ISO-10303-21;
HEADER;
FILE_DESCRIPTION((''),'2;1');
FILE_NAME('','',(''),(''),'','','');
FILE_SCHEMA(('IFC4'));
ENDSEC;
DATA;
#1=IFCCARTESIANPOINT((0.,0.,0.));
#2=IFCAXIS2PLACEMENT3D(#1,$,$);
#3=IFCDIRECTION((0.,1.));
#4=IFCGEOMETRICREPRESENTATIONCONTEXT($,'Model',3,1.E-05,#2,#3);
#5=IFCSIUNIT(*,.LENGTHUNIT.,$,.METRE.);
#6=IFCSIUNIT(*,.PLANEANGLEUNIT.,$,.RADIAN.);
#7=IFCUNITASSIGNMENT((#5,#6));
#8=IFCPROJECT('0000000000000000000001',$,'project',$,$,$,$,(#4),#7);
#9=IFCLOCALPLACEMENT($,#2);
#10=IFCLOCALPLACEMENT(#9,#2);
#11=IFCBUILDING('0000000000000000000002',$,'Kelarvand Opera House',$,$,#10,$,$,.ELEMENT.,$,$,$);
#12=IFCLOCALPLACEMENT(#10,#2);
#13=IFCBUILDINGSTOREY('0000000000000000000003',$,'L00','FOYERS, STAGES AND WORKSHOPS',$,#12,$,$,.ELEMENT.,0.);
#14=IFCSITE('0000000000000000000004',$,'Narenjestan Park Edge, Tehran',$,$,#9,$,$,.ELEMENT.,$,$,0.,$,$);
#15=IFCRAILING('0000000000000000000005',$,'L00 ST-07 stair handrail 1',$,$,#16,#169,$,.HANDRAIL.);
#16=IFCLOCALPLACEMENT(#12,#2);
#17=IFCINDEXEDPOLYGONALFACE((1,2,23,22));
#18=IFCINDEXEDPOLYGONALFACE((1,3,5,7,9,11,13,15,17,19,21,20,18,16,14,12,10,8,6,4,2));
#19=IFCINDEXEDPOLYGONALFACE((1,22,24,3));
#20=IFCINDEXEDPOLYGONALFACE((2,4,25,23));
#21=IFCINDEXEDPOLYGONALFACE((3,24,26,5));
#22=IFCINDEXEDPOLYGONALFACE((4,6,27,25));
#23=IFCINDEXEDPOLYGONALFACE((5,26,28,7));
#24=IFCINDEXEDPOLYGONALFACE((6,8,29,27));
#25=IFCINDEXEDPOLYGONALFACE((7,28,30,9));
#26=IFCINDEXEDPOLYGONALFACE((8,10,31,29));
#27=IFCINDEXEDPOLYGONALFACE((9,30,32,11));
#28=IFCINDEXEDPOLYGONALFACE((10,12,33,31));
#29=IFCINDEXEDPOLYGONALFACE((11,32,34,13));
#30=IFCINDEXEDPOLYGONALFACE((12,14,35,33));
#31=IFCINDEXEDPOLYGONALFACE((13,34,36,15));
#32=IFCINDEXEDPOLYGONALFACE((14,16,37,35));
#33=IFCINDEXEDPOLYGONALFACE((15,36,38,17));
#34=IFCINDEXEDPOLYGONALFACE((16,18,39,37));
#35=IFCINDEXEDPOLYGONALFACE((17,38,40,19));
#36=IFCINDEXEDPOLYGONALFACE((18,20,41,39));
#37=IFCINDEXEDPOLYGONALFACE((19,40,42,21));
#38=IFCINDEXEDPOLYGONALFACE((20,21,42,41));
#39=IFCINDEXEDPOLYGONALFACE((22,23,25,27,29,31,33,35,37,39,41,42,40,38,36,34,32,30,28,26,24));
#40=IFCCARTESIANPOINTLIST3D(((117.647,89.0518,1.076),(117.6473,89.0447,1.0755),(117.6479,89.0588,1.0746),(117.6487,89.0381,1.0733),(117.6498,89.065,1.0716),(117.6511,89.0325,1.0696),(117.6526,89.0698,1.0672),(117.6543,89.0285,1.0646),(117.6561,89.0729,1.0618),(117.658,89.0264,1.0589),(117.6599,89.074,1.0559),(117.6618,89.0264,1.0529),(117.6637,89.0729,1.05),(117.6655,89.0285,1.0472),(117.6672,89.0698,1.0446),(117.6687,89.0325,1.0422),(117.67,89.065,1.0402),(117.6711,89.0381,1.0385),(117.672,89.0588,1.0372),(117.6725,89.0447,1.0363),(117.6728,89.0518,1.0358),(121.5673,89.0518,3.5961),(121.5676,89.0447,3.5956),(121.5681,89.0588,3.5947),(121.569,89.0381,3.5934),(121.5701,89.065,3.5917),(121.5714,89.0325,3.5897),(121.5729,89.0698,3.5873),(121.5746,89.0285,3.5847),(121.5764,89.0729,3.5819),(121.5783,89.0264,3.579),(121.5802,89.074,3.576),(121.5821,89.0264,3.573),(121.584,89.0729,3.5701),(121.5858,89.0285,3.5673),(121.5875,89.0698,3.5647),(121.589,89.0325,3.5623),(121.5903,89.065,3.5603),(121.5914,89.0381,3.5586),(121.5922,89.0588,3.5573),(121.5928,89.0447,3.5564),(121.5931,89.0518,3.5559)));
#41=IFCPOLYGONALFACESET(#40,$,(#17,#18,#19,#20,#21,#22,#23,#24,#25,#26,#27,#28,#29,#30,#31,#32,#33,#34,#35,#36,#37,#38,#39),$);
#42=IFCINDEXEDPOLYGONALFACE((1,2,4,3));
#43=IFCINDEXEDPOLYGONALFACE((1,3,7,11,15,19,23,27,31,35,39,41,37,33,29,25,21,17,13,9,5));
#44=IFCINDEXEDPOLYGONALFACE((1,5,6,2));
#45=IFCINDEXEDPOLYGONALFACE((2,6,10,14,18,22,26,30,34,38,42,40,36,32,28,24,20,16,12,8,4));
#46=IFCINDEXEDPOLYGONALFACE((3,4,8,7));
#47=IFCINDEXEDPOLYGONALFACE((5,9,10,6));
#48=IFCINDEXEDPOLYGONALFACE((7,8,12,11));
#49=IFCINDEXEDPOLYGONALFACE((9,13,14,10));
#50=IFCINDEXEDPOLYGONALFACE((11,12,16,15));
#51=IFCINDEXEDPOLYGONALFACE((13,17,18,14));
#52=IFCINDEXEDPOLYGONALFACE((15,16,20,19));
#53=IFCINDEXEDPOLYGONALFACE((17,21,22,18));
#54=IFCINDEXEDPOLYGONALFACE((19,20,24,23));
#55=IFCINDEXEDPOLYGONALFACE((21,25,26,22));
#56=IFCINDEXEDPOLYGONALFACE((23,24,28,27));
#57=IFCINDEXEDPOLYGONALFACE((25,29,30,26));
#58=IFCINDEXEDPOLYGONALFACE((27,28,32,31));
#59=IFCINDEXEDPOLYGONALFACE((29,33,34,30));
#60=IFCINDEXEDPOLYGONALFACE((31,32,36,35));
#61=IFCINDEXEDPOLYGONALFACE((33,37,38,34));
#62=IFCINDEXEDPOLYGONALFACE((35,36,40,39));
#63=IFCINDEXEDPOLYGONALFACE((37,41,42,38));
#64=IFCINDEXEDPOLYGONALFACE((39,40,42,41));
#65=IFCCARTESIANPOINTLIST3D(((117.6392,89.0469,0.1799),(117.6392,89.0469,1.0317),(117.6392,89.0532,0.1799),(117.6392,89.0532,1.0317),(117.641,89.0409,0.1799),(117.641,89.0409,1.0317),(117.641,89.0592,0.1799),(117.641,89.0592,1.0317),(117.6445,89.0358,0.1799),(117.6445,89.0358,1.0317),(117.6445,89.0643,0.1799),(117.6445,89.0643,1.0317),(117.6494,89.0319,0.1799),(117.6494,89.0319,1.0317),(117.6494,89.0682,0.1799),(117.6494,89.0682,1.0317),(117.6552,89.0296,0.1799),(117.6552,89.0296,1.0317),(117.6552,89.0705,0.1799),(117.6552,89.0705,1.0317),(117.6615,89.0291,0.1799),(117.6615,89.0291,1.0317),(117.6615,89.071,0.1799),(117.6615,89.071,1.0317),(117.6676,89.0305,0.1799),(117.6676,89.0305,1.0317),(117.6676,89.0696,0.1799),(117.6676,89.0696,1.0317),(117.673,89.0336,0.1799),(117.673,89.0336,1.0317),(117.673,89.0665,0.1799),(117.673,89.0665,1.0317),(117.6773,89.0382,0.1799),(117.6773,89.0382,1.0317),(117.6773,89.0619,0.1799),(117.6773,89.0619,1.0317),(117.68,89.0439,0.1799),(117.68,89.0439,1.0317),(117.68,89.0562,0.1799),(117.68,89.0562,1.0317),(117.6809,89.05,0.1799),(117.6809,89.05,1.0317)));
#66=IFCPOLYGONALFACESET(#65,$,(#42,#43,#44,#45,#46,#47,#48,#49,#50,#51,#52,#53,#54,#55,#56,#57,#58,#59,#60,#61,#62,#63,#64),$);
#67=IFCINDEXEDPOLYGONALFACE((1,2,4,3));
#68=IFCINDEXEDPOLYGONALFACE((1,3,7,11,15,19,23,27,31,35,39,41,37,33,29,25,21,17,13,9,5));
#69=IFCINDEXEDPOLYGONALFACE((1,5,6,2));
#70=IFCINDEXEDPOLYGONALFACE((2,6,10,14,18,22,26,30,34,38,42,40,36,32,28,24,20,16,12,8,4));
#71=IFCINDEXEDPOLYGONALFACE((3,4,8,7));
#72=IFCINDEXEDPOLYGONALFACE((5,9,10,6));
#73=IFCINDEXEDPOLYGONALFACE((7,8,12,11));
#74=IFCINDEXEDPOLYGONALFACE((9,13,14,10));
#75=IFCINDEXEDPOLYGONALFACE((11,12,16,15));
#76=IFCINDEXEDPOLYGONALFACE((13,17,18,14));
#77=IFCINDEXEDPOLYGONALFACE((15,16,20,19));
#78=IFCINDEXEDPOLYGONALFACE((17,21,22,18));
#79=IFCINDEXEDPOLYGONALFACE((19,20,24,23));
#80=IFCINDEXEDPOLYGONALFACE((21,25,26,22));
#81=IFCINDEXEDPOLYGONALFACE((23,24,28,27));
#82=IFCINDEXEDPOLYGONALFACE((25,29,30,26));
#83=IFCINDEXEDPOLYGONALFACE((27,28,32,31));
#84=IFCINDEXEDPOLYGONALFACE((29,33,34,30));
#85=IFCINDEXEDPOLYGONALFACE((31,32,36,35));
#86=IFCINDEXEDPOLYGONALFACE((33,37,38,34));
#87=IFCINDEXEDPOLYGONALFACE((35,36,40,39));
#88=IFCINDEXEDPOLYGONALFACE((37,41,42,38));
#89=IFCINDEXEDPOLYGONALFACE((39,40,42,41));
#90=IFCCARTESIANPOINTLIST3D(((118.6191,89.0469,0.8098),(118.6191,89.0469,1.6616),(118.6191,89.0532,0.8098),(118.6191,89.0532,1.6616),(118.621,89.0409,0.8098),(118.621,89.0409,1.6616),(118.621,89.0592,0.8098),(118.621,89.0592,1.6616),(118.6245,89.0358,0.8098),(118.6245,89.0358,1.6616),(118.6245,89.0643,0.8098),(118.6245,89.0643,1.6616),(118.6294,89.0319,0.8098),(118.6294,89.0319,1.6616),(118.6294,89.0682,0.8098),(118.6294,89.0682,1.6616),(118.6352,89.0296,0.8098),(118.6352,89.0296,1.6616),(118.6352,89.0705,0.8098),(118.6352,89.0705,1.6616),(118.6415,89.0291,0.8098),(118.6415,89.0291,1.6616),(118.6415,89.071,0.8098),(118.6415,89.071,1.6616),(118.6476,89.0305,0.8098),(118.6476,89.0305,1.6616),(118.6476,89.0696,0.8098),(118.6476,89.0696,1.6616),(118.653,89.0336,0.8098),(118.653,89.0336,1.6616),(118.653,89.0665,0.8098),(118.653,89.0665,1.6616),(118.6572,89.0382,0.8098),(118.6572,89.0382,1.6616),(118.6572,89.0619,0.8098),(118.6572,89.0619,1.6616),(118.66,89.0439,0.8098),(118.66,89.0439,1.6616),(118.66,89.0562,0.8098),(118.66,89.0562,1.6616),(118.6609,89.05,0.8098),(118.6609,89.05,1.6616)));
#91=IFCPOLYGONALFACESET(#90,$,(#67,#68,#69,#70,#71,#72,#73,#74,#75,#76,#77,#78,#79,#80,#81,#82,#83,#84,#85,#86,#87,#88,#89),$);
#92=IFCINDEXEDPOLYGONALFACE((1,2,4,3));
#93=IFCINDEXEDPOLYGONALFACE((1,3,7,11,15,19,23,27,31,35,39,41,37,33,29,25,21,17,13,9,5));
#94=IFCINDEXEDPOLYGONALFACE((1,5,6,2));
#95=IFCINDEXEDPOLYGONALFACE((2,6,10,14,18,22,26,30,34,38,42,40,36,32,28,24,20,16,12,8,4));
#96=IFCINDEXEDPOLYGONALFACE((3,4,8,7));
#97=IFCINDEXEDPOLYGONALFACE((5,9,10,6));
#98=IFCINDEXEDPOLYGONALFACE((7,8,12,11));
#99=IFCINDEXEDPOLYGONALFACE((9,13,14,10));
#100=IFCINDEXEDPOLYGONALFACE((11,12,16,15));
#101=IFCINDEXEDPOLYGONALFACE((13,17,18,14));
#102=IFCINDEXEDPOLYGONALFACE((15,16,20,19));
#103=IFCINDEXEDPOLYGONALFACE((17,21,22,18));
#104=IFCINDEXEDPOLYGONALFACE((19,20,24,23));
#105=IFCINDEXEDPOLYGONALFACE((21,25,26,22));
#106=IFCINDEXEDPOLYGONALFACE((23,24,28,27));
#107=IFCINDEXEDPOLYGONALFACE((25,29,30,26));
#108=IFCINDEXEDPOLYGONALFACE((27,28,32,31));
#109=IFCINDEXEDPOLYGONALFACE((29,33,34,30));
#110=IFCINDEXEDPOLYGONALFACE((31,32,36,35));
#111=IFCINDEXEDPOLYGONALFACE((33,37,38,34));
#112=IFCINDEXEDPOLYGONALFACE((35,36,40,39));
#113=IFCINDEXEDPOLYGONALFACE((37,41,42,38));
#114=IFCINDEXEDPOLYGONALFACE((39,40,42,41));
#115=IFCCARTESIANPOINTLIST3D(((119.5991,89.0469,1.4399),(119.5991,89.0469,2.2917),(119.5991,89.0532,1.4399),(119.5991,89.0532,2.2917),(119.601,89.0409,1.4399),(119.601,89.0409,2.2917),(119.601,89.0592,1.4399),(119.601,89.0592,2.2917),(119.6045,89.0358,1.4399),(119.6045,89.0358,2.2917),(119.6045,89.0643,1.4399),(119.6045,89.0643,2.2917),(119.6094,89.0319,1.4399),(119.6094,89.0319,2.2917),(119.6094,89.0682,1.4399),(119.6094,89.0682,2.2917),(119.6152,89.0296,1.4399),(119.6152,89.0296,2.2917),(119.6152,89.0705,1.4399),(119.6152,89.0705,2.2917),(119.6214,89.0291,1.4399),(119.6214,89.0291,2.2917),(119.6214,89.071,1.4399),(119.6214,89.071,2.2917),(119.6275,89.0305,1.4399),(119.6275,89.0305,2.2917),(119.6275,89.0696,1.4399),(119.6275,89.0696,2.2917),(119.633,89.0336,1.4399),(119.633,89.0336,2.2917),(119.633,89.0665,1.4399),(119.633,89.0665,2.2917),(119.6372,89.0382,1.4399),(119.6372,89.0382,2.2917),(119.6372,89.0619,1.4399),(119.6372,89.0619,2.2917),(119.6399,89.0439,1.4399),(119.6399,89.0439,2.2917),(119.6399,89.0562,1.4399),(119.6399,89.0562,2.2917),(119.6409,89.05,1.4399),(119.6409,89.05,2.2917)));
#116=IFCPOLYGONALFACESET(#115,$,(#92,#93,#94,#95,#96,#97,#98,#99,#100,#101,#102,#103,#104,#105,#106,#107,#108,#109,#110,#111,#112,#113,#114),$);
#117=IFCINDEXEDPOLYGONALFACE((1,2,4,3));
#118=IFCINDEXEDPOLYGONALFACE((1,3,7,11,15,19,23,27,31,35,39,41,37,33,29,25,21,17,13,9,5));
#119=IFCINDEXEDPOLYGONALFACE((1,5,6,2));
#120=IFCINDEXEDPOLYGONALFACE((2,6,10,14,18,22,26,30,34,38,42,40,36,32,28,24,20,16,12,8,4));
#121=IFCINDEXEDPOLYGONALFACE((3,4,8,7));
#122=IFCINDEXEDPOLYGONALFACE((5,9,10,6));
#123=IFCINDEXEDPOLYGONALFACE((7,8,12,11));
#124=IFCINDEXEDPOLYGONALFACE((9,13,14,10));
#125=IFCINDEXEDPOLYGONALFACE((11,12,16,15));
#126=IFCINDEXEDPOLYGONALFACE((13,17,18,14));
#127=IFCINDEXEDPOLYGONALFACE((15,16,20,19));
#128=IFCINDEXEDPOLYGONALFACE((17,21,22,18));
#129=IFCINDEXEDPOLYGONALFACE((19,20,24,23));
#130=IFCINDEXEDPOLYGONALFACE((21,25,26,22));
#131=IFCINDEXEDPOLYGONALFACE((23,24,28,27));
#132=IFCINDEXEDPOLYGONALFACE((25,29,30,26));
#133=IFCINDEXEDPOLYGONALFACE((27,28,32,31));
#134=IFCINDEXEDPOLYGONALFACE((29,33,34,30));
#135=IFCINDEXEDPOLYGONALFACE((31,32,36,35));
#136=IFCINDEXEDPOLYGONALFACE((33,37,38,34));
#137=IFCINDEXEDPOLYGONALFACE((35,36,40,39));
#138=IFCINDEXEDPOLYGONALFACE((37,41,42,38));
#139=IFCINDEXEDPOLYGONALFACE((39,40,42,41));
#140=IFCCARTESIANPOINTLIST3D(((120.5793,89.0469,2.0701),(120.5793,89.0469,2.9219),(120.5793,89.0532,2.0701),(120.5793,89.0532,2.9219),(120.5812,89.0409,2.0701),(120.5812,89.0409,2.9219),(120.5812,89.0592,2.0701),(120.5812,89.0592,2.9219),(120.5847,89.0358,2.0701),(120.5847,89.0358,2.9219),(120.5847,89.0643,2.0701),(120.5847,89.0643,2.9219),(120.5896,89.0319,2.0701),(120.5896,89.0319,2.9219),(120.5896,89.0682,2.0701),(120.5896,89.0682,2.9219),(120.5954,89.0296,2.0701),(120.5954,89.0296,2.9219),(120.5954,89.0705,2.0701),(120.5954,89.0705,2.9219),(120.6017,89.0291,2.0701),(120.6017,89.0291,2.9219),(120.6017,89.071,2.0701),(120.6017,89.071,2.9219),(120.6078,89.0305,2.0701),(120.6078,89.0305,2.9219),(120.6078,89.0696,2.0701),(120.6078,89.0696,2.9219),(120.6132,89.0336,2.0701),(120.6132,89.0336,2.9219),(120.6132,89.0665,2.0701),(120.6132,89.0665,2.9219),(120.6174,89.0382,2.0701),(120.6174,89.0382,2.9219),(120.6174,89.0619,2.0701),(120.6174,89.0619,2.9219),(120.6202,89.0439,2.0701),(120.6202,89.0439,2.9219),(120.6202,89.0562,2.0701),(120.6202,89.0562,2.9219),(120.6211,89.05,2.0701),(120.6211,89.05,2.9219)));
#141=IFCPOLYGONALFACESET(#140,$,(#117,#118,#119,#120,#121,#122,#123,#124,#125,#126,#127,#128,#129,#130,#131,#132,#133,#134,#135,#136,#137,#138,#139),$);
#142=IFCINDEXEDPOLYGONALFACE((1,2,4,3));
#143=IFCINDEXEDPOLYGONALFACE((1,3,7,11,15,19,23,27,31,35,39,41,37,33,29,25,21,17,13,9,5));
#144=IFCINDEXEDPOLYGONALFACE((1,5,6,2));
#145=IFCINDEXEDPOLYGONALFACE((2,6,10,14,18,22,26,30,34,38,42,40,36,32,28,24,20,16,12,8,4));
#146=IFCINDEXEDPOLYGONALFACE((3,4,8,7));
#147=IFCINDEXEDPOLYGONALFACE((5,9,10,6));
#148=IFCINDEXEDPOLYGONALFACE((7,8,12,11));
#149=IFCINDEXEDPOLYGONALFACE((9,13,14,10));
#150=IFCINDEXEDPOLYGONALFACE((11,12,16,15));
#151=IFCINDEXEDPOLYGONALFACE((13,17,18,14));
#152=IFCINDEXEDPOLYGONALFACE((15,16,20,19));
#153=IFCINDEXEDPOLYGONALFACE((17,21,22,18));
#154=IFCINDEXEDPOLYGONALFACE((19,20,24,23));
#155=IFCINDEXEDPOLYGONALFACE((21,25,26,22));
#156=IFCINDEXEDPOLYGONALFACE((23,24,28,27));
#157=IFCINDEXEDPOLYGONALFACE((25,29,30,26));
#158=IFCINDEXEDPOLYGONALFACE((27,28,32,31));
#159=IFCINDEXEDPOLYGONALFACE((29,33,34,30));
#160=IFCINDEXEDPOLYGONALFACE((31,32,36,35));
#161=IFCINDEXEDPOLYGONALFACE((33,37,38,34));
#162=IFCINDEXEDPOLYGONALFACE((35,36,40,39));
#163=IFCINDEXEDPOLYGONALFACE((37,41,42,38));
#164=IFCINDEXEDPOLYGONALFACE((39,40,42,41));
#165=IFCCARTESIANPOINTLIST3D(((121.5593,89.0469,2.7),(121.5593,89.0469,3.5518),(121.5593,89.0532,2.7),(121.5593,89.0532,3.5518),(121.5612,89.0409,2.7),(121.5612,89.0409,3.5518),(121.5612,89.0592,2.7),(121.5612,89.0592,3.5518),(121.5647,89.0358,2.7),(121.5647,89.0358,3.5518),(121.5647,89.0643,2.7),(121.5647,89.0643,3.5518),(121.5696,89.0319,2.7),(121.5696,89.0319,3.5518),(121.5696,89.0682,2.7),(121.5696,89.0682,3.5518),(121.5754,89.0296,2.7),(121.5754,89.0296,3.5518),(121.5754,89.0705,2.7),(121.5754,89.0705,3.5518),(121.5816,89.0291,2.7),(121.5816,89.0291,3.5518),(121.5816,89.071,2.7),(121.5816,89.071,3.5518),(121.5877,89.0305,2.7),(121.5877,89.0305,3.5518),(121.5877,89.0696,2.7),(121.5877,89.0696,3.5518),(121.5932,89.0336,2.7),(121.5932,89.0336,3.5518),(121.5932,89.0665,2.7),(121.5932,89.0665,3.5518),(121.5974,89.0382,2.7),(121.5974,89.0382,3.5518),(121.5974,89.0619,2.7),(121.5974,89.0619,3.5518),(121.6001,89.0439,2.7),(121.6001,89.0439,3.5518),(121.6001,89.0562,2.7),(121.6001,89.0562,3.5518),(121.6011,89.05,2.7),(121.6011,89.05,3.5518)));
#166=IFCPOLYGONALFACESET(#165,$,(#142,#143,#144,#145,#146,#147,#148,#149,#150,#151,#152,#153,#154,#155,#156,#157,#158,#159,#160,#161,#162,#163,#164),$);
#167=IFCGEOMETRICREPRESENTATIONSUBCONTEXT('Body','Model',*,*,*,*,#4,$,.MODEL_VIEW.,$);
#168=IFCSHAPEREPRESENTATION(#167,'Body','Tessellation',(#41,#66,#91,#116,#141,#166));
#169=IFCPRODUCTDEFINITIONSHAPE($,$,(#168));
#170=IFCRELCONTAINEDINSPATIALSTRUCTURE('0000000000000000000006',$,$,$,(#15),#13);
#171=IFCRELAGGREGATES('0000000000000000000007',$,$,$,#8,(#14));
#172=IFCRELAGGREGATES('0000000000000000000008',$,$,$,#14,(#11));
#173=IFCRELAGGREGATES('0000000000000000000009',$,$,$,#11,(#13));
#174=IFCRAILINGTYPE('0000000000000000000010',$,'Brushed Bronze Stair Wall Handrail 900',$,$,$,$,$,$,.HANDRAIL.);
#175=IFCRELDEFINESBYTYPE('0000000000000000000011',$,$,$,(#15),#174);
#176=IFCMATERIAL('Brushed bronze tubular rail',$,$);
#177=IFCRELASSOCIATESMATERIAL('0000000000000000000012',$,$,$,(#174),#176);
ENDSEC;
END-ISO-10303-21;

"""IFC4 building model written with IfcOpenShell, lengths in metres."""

from ifc_helpers import new_model, si_unit, direction, frame, origin, origin_2d, place, context, subcontext, project, spatial, circle, extrude, material, type_object, element, save


model = new_model("IFC4")

# Units and contexts
model_context = context("Model", 3, precision=1e-05, world=origin(), true_north=direction((0.0, 1.0)))
body_context = subcontext(model_context, "Body", "Model", "MODEL_VIEW")
ifc_project = project(units=[si_unit("LENGTHUNIT", "METRE"), si_unit("PLANEANGLEUNIT", "RADIAN")], contexts=[model_context])

# Site, building, storey
site_placement = place(None, origin())
site = spatial("IfcSite", under=ifc_project, at=site_placement, Name="Narenjestan Park Edge, Tehran", CompositionType="ELEMENT", RefElevation=0.0)
building_placement = place(site_placement, origin())
building = spatial("IfcBuilding", under=site, at=building_placement, Name="Kelarvand Opera House", CompositionType="ELEMENT")
storey_placement = place(building_placement, origin())
storey = spatial("IfcBuildingStorey", under=building, at=storey_placement, Name="L00", Description="FOYERS, STAGES AND WORKSHOPS", CompositionType="ELEMENT", Elevation=0.0)

# Railing
ifc_material_1 = material(Name="Brushed bronze tubular rail")
railing_type_1 = type_object("IfcRailingType", Name="Brushed Bronze Stair Wall Handrail 900", PredefinedType="HANDRAIL", material=ifc_material_1)
railing_1_placement = place(storey_placement, frame((117.6599, 89.05, 0.1799)))
element("IfcRailing", 1, at=railing_1_placement, inside=storey, type_object=railing_type_1, Name="L00 ST-07 stair handrail 1", PredefinedType="HANDRAIL", context=body_context, shape_type="SweptSolid", body=[
    extrude(circle(Radius=0.0239, at=origin_2d()), frame((0.0, 0.0, 0.876), z_axis=(0.841187, 0.0, 0.540744), x_axis=(0.0, 1.0, 0.0)), (0.0, 0.0, 1.0), 4.6604),
    extrude(circle(Radius=0.021, at=origin_2d()), origin(), (0.0, 0.0, 1.0), 0.8518),
    extrude(circle(Radius=0.021, at=origin_2d()), frame((0.98, 0.0, 0.6299)), (0.0, 0.0, 1.0), 0.8518),
    extrude(circle(Radius=0.021, at=origin_2d()), frame((1.96, 0.0, 1.26)), (0.0, 0.0, 1.0), 0.8518),
    extrude(circle(Radius=0.021, at=origin_2d()), frame((2.9402, 0.0, 1.8901)), (0.0, 0.0, 1.0), 0.8518),
    extrude(circle(Radius=0.021, at=origin_2d()), frame((3.9202, 0.0, 2.52)), (0.0, 0.0, 1.0), 0.8518),
])

save(model, "model.ifc")
